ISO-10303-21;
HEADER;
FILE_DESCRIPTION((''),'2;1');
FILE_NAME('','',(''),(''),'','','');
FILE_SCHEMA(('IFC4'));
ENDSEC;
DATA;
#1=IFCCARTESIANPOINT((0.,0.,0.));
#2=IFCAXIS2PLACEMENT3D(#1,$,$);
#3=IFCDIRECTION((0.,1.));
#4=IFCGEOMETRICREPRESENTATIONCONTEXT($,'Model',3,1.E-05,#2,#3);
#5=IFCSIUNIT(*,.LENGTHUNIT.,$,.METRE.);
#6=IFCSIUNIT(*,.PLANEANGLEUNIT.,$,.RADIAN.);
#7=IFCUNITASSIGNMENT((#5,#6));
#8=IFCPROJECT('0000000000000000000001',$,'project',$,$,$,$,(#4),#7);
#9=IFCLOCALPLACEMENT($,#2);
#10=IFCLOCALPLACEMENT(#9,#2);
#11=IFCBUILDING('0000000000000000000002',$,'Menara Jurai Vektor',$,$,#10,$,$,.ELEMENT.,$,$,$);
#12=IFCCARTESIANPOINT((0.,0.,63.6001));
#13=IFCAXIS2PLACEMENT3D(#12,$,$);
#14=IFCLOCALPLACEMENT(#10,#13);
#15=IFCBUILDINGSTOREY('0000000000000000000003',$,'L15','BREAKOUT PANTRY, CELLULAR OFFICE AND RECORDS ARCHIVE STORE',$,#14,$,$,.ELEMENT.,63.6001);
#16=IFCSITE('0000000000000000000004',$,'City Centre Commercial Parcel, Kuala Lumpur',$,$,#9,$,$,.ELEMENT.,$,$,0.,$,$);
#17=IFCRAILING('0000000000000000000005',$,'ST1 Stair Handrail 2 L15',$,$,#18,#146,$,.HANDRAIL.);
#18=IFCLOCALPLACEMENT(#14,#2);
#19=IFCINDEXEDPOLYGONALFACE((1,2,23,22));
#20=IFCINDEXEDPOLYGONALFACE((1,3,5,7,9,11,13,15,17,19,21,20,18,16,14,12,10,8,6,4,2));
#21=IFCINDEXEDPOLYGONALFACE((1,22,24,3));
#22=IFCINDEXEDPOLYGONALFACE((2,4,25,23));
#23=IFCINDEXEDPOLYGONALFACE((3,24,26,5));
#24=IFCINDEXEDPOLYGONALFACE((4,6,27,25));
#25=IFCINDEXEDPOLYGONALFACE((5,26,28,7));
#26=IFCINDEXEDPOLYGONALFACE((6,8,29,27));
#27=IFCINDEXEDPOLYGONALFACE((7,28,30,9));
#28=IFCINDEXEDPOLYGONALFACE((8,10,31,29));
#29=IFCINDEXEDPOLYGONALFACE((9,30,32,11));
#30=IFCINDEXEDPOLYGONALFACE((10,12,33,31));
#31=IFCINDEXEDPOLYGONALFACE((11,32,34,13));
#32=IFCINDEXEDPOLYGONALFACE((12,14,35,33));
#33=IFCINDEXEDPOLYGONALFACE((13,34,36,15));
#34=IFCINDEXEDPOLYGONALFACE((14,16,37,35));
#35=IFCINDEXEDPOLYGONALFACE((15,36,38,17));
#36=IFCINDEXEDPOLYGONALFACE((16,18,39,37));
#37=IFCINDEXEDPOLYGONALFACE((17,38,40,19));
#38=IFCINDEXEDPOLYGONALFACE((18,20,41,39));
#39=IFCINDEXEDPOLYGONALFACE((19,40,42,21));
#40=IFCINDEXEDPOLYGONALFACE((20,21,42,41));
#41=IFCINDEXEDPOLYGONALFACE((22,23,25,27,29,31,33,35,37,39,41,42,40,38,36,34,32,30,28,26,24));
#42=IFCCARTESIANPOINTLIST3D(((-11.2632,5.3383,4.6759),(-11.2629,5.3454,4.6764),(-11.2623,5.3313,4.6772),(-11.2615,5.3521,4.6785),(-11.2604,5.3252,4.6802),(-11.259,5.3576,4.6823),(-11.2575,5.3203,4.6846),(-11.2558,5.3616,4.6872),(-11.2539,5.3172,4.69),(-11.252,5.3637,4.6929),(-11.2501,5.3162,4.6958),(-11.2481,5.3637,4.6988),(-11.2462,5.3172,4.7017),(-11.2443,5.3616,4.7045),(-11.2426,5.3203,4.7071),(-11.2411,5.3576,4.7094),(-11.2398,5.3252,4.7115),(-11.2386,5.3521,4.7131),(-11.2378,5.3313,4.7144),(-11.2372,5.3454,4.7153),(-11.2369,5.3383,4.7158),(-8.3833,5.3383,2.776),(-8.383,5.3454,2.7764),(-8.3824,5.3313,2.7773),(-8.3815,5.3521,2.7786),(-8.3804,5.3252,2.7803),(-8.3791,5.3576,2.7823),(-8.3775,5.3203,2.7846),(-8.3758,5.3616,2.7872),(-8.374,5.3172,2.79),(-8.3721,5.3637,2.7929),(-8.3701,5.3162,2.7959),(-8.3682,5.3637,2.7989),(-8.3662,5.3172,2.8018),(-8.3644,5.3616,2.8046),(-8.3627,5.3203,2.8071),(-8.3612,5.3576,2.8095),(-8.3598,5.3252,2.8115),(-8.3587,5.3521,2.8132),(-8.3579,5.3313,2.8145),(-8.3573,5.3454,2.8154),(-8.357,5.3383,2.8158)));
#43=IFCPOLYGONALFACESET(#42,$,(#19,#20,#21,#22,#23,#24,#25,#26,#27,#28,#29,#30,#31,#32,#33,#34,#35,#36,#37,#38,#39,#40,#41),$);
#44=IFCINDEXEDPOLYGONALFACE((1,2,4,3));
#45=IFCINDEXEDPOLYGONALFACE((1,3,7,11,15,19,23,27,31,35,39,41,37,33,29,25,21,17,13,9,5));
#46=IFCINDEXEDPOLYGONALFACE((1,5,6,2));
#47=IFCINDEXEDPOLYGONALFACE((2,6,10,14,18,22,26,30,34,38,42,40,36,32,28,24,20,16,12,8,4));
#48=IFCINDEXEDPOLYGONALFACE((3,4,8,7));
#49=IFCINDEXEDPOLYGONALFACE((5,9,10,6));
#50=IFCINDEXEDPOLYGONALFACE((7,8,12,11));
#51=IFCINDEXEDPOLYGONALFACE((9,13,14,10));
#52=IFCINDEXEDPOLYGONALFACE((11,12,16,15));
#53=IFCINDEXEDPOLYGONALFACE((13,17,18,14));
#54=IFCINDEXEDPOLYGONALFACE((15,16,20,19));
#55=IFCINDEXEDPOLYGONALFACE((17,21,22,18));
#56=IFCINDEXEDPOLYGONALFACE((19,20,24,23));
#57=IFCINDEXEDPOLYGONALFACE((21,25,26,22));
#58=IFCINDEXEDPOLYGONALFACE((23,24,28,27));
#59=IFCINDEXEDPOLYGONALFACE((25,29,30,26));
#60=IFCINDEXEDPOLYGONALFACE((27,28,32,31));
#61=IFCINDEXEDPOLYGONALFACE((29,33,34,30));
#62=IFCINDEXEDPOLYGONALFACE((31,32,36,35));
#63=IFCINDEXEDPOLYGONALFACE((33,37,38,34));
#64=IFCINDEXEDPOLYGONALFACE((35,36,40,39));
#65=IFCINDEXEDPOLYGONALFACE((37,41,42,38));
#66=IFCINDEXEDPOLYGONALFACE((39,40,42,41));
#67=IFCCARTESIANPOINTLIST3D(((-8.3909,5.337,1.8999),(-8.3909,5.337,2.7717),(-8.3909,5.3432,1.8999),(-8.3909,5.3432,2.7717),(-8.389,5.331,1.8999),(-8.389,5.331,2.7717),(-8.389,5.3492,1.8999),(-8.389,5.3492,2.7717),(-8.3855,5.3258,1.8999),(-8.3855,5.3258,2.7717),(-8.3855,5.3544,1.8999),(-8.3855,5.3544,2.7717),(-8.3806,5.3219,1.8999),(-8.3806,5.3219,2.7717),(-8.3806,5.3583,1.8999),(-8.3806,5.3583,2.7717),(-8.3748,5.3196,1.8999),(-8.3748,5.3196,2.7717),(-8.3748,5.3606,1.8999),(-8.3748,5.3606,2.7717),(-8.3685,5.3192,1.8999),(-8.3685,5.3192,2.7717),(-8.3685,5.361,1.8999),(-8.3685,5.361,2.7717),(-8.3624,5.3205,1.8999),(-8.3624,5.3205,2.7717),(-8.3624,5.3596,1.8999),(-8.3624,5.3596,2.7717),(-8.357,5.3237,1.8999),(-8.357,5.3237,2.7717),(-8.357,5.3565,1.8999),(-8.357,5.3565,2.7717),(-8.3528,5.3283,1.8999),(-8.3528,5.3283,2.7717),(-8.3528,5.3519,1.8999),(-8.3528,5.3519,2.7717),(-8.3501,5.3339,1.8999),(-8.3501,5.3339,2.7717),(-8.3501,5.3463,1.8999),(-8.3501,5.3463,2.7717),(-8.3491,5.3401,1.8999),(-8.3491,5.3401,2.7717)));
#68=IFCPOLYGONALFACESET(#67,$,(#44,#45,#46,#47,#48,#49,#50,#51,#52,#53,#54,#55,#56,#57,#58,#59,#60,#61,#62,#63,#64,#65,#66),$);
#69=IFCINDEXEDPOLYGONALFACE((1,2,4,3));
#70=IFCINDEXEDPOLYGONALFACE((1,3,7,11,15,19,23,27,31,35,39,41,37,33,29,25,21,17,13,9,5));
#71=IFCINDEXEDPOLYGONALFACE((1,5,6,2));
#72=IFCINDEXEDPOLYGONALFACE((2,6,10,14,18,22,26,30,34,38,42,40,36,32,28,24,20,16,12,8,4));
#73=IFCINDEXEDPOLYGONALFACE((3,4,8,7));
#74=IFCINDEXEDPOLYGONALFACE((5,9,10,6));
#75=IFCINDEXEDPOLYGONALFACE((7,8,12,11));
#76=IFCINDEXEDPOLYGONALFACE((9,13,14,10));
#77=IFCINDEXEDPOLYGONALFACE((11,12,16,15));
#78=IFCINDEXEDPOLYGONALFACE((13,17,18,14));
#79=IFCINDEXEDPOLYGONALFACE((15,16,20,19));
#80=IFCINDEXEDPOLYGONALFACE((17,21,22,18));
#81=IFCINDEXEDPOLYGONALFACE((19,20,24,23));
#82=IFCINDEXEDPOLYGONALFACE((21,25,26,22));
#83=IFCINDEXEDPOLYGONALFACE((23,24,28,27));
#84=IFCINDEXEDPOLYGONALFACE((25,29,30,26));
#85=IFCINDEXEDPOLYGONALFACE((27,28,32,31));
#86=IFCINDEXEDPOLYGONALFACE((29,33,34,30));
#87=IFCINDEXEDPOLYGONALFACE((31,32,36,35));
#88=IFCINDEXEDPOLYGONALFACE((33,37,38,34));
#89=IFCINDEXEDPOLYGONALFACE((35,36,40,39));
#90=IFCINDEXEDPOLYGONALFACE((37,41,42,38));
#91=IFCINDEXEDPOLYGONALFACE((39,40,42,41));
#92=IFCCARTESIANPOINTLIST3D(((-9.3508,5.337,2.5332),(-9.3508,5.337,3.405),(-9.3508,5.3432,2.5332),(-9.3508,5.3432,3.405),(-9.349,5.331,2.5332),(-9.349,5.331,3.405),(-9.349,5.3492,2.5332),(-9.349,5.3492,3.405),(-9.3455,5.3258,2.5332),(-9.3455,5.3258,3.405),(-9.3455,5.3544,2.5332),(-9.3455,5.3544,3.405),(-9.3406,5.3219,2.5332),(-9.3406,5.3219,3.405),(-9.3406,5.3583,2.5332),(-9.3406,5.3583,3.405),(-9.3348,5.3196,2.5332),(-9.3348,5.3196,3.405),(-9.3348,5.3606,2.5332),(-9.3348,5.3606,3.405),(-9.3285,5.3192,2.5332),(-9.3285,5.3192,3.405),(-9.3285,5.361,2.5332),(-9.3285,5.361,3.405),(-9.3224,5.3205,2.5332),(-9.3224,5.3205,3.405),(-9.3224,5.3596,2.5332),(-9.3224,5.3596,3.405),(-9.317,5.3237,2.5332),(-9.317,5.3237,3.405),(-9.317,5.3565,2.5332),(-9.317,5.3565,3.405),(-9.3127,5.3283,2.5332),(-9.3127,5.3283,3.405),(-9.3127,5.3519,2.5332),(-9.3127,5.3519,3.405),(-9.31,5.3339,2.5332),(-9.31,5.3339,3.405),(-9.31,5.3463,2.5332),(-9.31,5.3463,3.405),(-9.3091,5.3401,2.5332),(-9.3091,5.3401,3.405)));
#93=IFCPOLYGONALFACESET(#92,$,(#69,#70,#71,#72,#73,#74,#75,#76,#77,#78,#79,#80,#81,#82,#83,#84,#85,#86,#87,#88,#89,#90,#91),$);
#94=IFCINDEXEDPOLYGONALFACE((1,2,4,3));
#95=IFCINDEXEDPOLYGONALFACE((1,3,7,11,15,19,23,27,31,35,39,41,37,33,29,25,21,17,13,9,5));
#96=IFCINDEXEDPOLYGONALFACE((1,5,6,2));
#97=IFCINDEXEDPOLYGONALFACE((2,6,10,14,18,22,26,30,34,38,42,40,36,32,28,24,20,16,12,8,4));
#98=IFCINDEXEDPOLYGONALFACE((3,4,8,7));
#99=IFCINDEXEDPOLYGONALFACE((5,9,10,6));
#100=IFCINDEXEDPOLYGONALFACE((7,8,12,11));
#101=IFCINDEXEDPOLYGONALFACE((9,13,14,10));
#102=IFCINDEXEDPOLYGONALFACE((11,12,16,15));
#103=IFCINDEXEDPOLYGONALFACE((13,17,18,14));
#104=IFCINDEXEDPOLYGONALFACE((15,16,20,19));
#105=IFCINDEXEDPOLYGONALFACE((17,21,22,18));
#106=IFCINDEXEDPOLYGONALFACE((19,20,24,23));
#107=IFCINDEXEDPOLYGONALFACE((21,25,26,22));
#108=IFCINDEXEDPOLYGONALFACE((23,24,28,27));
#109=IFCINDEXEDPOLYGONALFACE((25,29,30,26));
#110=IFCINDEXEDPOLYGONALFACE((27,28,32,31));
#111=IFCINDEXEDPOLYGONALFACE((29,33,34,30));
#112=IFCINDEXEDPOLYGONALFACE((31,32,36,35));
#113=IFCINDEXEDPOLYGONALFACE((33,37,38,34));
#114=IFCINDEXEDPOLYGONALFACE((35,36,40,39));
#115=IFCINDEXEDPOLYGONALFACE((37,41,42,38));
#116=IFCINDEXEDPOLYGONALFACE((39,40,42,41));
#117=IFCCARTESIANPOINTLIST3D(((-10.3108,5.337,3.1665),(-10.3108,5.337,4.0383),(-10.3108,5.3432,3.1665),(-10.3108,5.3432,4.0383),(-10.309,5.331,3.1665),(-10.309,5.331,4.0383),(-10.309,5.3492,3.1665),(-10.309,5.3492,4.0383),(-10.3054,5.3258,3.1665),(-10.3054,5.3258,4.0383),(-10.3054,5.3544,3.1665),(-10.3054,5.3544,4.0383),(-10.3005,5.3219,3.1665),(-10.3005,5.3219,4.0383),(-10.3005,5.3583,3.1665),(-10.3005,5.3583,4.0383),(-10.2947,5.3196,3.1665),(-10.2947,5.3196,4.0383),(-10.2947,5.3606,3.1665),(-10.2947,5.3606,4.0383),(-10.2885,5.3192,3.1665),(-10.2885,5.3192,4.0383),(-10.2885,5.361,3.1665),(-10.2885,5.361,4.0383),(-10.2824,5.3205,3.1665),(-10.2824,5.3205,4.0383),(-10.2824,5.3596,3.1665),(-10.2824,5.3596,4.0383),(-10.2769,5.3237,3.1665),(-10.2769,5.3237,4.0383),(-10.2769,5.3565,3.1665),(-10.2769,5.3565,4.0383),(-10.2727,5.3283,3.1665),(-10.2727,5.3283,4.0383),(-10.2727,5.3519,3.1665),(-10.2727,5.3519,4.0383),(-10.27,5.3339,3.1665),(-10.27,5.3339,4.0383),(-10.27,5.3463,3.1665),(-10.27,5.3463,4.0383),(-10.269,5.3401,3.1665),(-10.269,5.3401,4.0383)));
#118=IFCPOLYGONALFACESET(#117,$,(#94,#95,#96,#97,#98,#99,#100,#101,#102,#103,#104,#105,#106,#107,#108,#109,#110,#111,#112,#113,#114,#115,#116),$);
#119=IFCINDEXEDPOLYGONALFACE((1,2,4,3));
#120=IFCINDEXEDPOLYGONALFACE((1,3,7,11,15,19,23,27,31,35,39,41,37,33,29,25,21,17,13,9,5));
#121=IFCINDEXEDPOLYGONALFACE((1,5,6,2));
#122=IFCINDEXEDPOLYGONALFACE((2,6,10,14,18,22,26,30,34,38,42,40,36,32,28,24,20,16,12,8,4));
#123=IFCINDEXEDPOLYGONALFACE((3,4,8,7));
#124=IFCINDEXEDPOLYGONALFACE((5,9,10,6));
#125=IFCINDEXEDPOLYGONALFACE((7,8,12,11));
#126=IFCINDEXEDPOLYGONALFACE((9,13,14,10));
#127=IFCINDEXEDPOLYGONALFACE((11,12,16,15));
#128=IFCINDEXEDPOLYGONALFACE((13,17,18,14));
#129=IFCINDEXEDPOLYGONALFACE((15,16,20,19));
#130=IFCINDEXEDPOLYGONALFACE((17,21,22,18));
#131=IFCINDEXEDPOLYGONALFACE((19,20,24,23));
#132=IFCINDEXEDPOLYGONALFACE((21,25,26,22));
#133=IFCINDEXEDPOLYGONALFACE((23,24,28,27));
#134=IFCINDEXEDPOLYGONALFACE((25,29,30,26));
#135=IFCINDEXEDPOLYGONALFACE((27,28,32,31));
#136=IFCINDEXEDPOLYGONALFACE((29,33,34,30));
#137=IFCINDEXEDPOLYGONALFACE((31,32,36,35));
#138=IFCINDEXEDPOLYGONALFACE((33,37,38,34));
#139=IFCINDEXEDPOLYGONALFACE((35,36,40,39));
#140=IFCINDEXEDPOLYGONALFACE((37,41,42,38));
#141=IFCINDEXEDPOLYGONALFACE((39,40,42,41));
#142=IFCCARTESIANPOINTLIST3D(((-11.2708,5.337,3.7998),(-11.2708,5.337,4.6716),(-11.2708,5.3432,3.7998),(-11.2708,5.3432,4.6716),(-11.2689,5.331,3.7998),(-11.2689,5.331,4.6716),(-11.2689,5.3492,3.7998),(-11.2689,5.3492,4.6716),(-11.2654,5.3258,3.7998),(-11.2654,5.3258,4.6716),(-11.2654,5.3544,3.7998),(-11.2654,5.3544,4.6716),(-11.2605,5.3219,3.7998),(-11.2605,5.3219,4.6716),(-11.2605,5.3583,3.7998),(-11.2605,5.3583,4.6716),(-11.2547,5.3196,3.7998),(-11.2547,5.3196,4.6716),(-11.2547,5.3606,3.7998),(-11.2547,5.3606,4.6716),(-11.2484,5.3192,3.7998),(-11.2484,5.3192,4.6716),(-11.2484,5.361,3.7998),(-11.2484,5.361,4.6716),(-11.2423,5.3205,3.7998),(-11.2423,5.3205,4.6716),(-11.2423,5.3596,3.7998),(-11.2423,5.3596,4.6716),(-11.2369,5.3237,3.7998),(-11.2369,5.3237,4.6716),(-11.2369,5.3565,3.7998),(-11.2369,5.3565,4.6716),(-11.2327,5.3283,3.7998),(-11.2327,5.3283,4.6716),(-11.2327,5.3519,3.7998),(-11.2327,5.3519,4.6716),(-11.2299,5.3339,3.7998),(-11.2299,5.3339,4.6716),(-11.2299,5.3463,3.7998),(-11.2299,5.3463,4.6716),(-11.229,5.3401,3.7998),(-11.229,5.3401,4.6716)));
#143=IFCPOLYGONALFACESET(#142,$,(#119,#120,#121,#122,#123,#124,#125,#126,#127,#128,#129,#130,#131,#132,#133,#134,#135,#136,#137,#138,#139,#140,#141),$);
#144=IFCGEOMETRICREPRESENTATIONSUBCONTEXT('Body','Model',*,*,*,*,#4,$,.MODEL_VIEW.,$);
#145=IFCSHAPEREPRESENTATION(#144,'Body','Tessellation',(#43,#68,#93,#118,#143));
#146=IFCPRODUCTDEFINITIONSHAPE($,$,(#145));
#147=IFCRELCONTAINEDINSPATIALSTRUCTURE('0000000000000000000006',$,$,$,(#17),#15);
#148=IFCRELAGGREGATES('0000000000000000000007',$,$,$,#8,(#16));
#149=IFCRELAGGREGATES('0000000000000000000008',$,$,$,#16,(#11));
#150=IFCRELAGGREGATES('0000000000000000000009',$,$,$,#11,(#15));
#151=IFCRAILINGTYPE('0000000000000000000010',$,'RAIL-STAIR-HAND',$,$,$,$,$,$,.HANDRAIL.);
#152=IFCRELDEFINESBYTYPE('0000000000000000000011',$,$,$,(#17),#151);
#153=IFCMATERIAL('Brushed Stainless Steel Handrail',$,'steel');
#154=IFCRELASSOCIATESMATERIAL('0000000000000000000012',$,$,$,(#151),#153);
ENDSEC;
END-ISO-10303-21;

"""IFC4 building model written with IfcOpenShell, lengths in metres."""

from ifc_helpers import new_model, si_unit, direction, frame, origin, origin_2d, place, context, subcontext, project, spatial, circle, extrude, material, type_object, element, save


model = new_model("IFC4")

# Units and contexts
model_context = context("Model", 3, precision=1e-05, world=origin(), true_north=direction((0.0, 1.0)))
body_context = subcontext(model_context, "Body", "Model", "MODEL_VIEW")
ifc_project = project(units=[si_unit("LENGTHUNIT", "METRE"), si_unit("PLANEANGLEUNIT", "RADIAN")], contexts=[model_context])

# Site, building, storey
site_placement = place(None, origin())
site = spatial("IfcSite", under=ifc_project, at=site_placement, Name="City Centre Commercial Parcel, Kuala Lumpur", CompositionType="ELEMENT", RefElevation=0.0)
building_placement = place(site_placement, origin())
building = spatial("IfcBuilding", under=site, at=building_placement, Name="Menara Jurai Vektor", CompositionType="ELEMENT")
storey_placement = place(building_placement, frame((0.0, 0.0, 63.6001)))
storey = spatial("IfcBuildingStorey", under=building, at=storey_placement, Name="L15", Description="BREAKOUT PANTRY, CELLULAR OFFICE AND RECORDS ARCHIVE STORE", CompositionType="ELEMENT", Elevation=63.6001)

# Railing
ifc_material_1 = material(Name="Brushed Stainless Steel Handrail", Category="steel")
railing_type_1 = type_object("IfcRailingType", Name="RAIL-STAIR-HAND", PredefinedType="HANDRAIL", material=ifc_material_1)
railing_1_placement = place(storey_placement, frame((-8.3701, 5.3401, 1.8999)))
element("IfcRailing", 1, at=railing_1_placement, inside=storey, type_object=railing_type_1, Name="ST1 Stair Handrail 2 L15", PredefinedType="HANDRAIL", context=body_context, shape_type="SweptSolid", body=[
    extrude(circle(Radius=0.0239, at=origin_2d()), frame((0.0, 0.0, 0.896), z_axis=(-0.834719, 0.0, 0.550677), x_axis=(0.0, -1.0, 0.0)), (0.0, 0.0, 1.0), 3.4502),
    extrude(circle(Radius=0.021, at=origin_2d()), origin(), (0.0, 0.0, 1.0), 0.8718),
    extrude(circle(Radius=0.021, at=origin_2d()), frame((-0.96, 0.0, 0.6333)), (0.0, 0.0, 1.0), 0.8718),
    extrude(circle(Radius=0.021, at=origin_2d()), frame((-1.9199, 0.0, 1.2666)), (0.0, 0.0, 1.0), 0.8718),
    extrude(circle(Radius=0.021, at=origin_2d()), frame((-2.8799, 0.0, 1.8999)), (0.0, 0.0, 1.0), 0.8718),
])

save(model, "model.ifc")
